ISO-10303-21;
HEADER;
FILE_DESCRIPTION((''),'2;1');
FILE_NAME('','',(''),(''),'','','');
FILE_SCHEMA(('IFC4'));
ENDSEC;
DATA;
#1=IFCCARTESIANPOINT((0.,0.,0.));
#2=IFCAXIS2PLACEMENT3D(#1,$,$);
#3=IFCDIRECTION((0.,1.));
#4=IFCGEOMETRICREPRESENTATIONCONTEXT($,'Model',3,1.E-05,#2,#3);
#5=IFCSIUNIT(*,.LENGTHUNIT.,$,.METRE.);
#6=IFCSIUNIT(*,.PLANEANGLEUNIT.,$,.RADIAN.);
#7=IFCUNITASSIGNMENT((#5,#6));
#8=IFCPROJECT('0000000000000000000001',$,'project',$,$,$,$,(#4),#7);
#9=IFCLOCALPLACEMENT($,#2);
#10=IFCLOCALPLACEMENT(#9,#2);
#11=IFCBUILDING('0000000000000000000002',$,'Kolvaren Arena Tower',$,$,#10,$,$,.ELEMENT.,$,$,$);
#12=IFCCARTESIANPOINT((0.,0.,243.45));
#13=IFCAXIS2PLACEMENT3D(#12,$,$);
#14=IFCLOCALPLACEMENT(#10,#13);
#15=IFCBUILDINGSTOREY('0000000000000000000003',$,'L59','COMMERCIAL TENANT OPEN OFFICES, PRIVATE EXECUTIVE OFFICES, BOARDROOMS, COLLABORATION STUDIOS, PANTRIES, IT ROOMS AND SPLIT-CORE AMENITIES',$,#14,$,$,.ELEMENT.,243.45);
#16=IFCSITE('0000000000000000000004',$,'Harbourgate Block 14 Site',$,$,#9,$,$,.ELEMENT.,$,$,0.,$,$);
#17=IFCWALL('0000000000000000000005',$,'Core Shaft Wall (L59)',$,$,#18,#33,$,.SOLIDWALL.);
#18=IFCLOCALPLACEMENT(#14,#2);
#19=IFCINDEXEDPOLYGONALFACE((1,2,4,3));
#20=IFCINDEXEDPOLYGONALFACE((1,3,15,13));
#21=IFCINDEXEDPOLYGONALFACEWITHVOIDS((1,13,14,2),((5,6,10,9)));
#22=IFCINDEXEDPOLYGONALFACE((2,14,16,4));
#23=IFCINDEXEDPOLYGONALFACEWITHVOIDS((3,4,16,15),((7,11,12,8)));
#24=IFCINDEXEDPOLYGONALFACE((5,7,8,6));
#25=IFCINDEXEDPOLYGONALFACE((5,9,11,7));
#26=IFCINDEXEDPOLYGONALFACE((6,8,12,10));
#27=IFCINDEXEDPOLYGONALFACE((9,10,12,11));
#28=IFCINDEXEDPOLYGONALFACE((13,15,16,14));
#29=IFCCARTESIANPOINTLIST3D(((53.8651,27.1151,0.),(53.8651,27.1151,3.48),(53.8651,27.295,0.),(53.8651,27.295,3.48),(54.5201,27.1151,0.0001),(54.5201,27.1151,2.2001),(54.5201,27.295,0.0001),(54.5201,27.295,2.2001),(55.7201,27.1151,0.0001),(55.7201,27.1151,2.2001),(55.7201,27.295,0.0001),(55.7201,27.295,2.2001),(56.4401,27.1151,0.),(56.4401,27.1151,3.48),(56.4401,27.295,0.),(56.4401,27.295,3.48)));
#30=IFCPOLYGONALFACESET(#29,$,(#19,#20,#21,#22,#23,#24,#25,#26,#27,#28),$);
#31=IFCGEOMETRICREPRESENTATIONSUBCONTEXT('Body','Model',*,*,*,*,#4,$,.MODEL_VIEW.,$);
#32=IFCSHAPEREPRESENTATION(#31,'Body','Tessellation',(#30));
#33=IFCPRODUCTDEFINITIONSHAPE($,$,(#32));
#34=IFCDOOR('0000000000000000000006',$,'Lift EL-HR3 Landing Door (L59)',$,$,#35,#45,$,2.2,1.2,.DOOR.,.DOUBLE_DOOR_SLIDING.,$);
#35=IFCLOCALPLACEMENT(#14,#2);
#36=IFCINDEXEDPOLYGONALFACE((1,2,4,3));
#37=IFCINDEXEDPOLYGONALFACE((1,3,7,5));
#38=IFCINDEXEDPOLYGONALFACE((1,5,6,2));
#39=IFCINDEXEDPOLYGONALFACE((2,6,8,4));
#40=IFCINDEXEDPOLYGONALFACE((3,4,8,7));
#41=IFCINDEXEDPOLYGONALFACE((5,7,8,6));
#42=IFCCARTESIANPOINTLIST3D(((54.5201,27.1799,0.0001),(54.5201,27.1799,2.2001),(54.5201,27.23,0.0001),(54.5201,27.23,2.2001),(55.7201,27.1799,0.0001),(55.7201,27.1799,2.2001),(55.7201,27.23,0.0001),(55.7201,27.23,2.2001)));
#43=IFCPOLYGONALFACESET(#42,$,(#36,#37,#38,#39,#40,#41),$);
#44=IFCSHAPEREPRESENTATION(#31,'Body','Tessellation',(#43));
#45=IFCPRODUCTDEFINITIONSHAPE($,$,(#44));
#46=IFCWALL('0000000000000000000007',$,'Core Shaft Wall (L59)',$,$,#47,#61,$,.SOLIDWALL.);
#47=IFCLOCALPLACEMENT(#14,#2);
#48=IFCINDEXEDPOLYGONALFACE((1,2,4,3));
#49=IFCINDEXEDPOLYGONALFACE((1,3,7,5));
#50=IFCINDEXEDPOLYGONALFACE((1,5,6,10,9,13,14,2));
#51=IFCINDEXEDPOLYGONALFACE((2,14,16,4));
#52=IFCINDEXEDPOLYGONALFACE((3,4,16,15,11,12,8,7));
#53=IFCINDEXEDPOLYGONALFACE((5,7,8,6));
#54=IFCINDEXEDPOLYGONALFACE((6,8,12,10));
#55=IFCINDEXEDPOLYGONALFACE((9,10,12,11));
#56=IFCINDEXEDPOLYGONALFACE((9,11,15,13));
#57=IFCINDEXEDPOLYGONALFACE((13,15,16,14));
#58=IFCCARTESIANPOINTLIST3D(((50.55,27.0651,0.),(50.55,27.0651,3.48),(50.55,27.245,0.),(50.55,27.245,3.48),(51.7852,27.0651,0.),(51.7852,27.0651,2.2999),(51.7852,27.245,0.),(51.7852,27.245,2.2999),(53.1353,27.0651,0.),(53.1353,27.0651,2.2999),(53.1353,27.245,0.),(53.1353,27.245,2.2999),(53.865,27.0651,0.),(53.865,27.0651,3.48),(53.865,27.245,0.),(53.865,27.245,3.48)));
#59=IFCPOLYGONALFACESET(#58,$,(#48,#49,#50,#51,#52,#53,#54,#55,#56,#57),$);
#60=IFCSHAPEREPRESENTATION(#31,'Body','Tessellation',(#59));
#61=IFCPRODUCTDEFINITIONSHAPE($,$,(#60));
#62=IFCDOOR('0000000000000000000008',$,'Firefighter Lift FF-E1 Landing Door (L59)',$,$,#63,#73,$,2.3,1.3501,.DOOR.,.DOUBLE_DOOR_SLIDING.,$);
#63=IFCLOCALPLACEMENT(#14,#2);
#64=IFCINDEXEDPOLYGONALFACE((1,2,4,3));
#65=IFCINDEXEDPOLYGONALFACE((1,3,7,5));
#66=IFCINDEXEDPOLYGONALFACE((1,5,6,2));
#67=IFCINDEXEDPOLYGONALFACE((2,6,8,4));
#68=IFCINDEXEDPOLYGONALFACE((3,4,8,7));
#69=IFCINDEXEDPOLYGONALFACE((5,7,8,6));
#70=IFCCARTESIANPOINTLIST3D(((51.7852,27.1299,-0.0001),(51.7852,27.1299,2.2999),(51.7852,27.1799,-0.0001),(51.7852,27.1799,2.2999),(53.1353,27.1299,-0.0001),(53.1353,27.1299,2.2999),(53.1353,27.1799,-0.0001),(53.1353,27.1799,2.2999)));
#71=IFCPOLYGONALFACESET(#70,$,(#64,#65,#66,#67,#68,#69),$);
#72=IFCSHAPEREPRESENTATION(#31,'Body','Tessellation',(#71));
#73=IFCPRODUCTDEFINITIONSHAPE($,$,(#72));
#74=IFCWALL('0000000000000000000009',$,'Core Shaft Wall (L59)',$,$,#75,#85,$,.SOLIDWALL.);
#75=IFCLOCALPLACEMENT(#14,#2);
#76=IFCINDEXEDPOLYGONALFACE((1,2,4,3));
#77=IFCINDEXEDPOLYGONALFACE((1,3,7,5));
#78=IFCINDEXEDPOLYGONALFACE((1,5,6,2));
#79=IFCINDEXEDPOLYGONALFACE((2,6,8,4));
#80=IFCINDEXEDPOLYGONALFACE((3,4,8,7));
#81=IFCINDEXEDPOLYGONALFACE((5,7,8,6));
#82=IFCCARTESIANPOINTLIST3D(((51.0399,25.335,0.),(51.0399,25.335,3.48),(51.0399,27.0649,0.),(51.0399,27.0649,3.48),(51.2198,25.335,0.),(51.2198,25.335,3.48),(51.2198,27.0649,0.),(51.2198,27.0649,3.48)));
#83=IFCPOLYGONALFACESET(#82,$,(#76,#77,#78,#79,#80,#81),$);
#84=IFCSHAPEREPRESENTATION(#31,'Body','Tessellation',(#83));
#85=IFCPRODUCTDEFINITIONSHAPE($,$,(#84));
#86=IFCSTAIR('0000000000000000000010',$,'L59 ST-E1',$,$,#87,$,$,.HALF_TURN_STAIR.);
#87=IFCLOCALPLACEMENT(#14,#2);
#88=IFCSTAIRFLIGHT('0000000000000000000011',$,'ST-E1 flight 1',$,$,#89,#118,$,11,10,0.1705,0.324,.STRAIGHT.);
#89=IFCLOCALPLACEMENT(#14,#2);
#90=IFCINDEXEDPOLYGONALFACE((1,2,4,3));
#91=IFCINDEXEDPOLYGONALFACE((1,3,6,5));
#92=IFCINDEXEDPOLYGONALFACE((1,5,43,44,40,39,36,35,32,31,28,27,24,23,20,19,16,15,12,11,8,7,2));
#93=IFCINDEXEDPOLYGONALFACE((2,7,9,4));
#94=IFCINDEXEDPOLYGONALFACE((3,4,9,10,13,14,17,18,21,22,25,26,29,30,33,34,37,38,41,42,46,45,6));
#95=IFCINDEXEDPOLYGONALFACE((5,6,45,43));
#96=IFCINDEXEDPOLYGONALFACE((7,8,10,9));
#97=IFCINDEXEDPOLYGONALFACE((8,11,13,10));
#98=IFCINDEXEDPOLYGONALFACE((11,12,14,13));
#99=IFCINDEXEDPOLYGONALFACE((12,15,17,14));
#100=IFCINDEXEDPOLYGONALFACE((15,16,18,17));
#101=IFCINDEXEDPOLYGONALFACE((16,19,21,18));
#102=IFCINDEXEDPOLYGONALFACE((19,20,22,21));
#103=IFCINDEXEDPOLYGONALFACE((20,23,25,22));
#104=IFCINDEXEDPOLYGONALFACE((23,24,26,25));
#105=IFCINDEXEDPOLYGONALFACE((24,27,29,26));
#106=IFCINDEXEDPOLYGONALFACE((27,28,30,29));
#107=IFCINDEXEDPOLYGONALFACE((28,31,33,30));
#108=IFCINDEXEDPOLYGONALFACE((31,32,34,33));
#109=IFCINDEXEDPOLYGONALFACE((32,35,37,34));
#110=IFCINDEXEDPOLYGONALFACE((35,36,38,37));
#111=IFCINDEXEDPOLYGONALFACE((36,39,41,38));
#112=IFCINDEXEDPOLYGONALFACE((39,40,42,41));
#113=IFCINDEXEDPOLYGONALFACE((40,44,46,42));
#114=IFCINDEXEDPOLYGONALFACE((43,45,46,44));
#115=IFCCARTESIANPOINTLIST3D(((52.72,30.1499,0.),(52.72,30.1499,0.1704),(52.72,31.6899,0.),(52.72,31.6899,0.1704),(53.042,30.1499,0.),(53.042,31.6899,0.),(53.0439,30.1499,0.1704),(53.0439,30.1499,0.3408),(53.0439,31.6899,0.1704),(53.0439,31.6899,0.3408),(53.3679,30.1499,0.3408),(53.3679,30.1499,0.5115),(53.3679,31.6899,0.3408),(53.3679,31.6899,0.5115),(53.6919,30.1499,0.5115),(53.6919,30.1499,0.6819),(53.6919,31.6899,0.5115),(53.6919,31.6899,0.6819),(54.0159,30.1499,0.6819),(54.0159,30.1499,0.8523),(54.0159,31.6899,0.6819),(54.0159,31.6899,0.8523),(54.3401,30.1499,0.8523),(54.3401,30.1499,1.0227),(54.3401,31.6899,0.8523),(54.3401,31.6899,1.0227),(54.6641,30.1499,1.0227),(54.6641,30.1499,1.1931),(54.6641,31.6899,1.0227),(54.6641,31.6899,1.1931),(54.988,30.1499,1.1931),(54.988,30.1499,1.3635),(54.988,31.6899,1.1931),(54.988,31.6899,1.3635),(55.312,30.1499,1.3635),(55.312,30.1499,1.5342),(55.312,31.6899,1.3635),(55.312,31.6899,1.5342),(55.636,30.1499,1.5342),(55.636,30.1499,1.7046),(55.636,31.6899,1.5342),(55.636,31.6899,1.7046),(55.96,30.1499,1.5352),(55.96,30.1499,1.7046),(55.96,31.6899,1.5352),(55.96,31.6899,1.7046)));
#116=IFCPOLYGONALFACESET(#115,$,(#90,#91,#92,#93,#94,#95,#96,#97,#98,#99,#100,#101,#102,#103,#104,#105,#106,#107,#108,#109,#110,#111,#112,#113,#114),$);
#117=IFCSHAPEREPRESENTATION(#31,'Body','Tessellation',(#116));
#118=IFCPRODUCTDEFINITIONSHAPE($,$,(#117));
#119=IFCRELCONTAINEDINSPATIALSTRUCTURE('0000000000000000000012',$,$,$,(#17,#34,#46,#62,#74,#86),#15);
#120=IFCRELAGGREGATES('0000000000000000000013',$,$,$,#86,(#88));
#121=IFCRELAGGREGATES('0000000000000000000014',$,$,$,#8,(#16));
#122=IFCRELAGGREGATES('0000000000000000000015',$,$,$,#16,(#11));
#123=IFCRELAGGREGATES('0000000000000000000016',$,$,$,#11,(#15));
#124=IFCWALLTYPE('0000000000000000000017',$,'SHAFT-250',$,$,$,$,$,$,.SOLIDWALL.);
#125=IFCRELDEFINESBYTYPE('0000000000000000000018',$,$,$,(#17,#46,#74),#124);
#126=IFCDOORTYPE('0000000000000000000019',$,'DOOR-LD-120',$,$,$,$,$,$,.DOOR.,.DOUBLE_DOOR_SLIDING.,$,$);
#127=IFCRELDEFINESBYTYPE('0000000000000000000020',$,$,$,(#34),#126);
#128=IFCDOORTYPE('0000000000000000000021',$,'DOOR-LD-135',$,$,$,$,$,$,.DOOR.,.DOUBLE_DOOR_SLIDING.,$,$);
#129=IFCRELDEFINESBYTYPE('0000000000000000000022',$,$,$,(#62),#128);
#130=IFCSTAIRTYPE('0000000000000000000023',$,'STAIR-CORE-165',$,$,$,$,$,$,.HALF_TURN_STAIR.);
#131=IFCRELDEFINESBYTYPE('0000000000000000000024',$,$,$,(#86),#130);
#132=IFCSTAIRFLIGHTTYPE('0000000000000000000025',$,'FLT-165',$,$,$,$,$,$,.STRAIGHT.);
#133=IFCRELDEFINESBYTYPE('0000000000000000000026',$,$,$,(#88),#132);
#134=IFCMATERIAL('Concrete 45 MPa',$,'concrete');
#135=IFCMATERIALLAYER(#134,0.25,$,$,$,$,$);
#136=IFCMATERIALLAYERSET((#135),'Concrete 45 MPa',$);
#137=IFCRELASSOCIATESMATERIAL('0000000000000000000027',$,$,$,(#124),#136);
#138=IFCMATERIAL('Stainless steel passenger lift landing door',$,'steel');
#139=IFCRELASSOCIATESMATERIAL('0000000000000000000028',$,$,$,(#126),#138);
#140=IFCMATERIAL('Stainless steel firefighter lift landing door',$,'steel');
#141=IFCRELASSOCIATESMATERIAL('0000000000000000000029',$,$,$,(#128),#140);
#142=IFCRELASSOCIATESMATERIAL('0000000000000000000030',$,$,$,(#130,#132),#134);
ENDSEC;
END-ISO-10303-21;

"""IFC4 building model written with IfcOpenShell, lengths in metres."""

from ifc_helpers import new_model, si_unit, direction, frame, frame_2d, origin, place, context, subcontext, project, spatial, polyline, rectangle, outline, extrude, material, layer, layer_set, type_object, element, fill, aggregate, save


model = new_model("IFC4")

# Units and contexts
model_context = context("Model", 3, precision=1e-05, world=origin(), true_north=direction((0.0, 1.0)))
body_context = subcontext(model_context, "Body", "Model", "MODEL_VIEW")
ifc_project = project(units=[si_unit("LENGTHUNIT", "METRE"), si_unit("PLANEANGLEUNIT", "RADIAN")], contexts=[model_context])

# Site, building, storey
site_placement = place(None, origin())
site = spatial("IfcSite", under=ifc_project, at=site_placement, Name="Harbourgate Block 14 Site", CompositionType="ELEMENT", RefElevation=0.0)
building_placement = place(site_placement, origin())
building = spatial("IfcBuilding", under=site, at=building_placement, Name="Kolvaren Arena Tower", CompositionType="ELEMENT")
storey_placement = place(building_placement, frame((0.0, 0.0, 243.45)))
storey = spatial("IfcBuildingStorey", under=building, at=storey_placement, Name="L59", Description="COMMERCIAL TENANT OPEN OFFICES, PRIVATE EXECUTIVE OFFICES, BOARDROOMS, COLLABORATION STUDIOS, PANTRIES, IT ROOMS AND SPLIT-CORE AMENITIES", CompositionType="ELEMENT", Elevation=243.45)

# Shared definitions
ifc_material_1 = material(Name="Concrete 45 MPa", Category="concrete")
ifc_layer_1 = layer(ifc_material_1, 0.25)
ifc_layer_set_1 = layer_set([ifc_layer_1], Name="Concrete 45 MPa")
wall_type_1 = type_object("IfcWallType", Name="SHAFT-250", PredefinedType="SOLIDWALL", material=ifc_layer_set_1)

# Walls, openings, doors
wall_1_placement = place(storey_placement, frame((53.865, 27.2051, 0.0), z_axis=(0.0, 0.0, 1.0), x_axis=(1.0, 0.0, 0.0)))
wall_1 = element("IfcWall", 1, at=wall_1_placement, inside=storey, type_object=wall_type_1, Name="Core Shaft Wall (L59)", PredefinedType="SOLIDWALL", context=body_context, shape_type="SweptSolid", body=[
    extrude(rectangle(XDim=2.575, YDim=0.1799, at=frame_2d((1.2876, 0.0))), origin(), (0.0, 0.0, 1.0), 3.48),
])
opening_1_placement = place(wall_1_placement, frame((0.655, 0.0, 0.0)))
opening_1 = element("IfcOpeningElement", 2, at=opening_1_placement, cuts=wall_1, PredefinedType="OPENING", context=body_context, shape_type="SweptSolid", body=[
    extrude(rectangle(XDim=1.2, YDim=2.2, at=frame_2d((0.6001, 1.1001))), frame((0.0, 0.0999, 0.0), z_axis=(0.0, -1.0, 0.0), x_axis=(1.0, 0.0, 0.0)), (0.0, 0.0, 1.0), 0.2),
])
ifc_material_2 = material(Name="Stainless steel passenger lift landing door", Category="steel")
door_type_1 = type_object("IfcDoorType", Name="DOOR-LD-120", OperationType="DOUBLE_DOOR_SLIDING", PredefinedType="DOOR", material=ifc_material_2)
door_1_placement = place(opening_1_placement, origin())
door_1 = element("IfcDoor", 3, at=door_1_placement, inside=storey, type_object=door_type_1, Name="Lift EL-HR3 Landing Door (L59)", OperationType="DOUBLE_DOOR_SLIDING", OverallHeight=2.2, OverallWidth=1.2, PredefinedType="DOOR", context=body_context, shape_type="SweptSolid", body=[
    extrude(rectangle(XDim=1.2, YDim=2.2, at=frame_2d((0.6001, 1.1001))), frame((0.0, 0.0249, 0.0), z_axis=(0.0, -1.0, 0.0), x_axis=(1.0, 0.0, 0.0)), (0.0, 0.0, 1.0), 0.05),
])
fill(opening_1, door_1)
wall_2_placement = place(storey_placement, frame((50.55, 27.155, 0.0), z_axis=(0.0, 0.0, 1.0), x_axis=(1.0, 0.0, 0.0)))
wall_2 = element("IfcWall", 4, at=wall_2_placement, inside=storey, type_object=wall_type_1, Name="Core Shaft Wall (L59)", PredefinedType="SOLIDWALL", context=body_context, shape_type="SweptSolid", body=[
    extrude(rectangle(XDim=3.3149, YDim=0.1799, at=frame_2d((1.6575, 0.0))), origin(), (0.0, 0.0, 1.0), 3.48),
])
opening_2_placement = place(wall_2_placement, frame((1.2351, 0.0, 0.0)))
opening_2 = element("IfcOpeningElement", 5, at=opening_2_placement, cuts=wall_2, PredefinedType="OPENING", context=body_context, shape_type="SweptSolid", body=[
    extrude(rectangle(XDim=1.3501, YDim=2.3, at=frame_2d((0.675, 1.1499))), frame((0.0, 0.0999, 0.0), z_axis=(0.0, -1.0, 0.0), x_axis=(1.0, 0.0, 0.0)), (0.0, 0.0, 1.0), 0.2),
])
ifc_material_3 = material(Name="Stainless steel firefighter lift landing door", Category="steel")
door_type_2 = type_object("IfcDoorType", Name="DOOR-LD-135", OperationType="DOUBLE_DOOR_SLIDING", PredefinedType="DOOR", material=ifc_material_3)
door_2_placement = place(opening_2_placement, origin())
door_2 = element("IfcDoor", 6, at=door_2_placement, inside=storey, type_object=door_type_2, Name="Firefighter Lift FF-E1 Landing Door (L59)", OperationType="DOUBLE_DOOR_SLIDING", OverallHeight=2.3, OverallWidth=1.3501, PredefinedType="DOOR", context=body_context, shape_type="SweptSolid", body=[
    extrude(rectangle(XDim=1.3501, YDim=2.3, at=frame_2d((0.675, 1.1499))), frame((0.0, 0.0249, 0.0), z_axis=(0.0, -1.0, 0.0), x_axis=(1.0, 0.0, 0.0)), (0.0, 0.0, 1.0), 0.05),
])
fill(opening_2, door_2)

# Wall
wall_3_placement = place(storey_placement, frame((51.1299, 25.335, 0.0), z_axis=(0.0, 0.0, 1.0), x_axis=(0.0, 1.0, 0.0)))
element("IfcWall", 7, at=wall_3_placement, inside=storey, type_object=wall_type_1, Name="Core Shaft Wall (L59)", PredefinedType="SOLIDWALL", context=body_context, shape_type="SweptSolid", body=[
    extrude(rectangle(XDim=1.73, YDim=0.1799, at=frame_2d((0.865, 0.0))), origin(), (0.0, 0.0, 1.0), 3.48),
])

# Stair, stair flight
stair_type = type_object("IfcStairType", Name="STAIR-CORE-165", PredefinedType="HALF_TURN_STAIR", material=ifc_material_1)
stair_placement = place(storey_placement, origin())
stair = element("IfcStair", 8, at=stair_placement, inside=storey, type_object=stair_type, Name="L59 ST-E1", PredefinedType="HALF_TURN_STAIR")
stair_flight_type = type_object("IfcStairFlightType", Name="FLT-165", PredefinedType="STRAIGHT", material=ifc_material_1)
stair_flight_placement = place(storey_placement, frame((52.72, 30.9199, 0.0), z_axis=(0.0, 0.0, 1.0), x_axis=(1.0, 0.0, 0.0)))
stair_flight = element("IfcStairFlight", 9, at=stair_flight_placement, type_object=stair_flight_type, Name="ST-E1 flight 1", NumberOfRisers=11, NumberOfTreads=10, PredefinedType="STRAIGHT", RiserHeight=0.1705, TreadLength=0.324, context=body_context, shape_type="SweptSolid", body=[
    extrude(outline(polyline([(0.0, 0.0), (0.0, 0.1704), (0.324, 0.1704), (0.324, 0.3408), (0.6479, 0.3408), (0.6479, 0.5115), (0.9719, 0.5115), (0.9719, 0.6819), (1.2959, 0.6819), (1.2959, 0.8523), (1.6201, 0.8523), (1.6201, 1.0227), (1.9441, 1.0227), (1.9441, 1.1931), (2.2681, 1.1931), (2.2681, 1.3635), (2.592, 1.3635), (2.592, 1.5342), (2.916, 1.5342), (2.916, 1.7046), (3.24, 1.7046), (3.24, 1.875), (3.24, 1.5352), (0.322, 0.0), (0.0, 0.0)])), frame((0.0, 0.77, 0.0), z_axis=(0.0, -1.0, 0.0), x_axis=(1.0, 0.0, 0.0)), (0.0, 0.0, 1.0), 1.54),
])
aggregate(stair, [stair_flight])

save(model, "model.ifc")
